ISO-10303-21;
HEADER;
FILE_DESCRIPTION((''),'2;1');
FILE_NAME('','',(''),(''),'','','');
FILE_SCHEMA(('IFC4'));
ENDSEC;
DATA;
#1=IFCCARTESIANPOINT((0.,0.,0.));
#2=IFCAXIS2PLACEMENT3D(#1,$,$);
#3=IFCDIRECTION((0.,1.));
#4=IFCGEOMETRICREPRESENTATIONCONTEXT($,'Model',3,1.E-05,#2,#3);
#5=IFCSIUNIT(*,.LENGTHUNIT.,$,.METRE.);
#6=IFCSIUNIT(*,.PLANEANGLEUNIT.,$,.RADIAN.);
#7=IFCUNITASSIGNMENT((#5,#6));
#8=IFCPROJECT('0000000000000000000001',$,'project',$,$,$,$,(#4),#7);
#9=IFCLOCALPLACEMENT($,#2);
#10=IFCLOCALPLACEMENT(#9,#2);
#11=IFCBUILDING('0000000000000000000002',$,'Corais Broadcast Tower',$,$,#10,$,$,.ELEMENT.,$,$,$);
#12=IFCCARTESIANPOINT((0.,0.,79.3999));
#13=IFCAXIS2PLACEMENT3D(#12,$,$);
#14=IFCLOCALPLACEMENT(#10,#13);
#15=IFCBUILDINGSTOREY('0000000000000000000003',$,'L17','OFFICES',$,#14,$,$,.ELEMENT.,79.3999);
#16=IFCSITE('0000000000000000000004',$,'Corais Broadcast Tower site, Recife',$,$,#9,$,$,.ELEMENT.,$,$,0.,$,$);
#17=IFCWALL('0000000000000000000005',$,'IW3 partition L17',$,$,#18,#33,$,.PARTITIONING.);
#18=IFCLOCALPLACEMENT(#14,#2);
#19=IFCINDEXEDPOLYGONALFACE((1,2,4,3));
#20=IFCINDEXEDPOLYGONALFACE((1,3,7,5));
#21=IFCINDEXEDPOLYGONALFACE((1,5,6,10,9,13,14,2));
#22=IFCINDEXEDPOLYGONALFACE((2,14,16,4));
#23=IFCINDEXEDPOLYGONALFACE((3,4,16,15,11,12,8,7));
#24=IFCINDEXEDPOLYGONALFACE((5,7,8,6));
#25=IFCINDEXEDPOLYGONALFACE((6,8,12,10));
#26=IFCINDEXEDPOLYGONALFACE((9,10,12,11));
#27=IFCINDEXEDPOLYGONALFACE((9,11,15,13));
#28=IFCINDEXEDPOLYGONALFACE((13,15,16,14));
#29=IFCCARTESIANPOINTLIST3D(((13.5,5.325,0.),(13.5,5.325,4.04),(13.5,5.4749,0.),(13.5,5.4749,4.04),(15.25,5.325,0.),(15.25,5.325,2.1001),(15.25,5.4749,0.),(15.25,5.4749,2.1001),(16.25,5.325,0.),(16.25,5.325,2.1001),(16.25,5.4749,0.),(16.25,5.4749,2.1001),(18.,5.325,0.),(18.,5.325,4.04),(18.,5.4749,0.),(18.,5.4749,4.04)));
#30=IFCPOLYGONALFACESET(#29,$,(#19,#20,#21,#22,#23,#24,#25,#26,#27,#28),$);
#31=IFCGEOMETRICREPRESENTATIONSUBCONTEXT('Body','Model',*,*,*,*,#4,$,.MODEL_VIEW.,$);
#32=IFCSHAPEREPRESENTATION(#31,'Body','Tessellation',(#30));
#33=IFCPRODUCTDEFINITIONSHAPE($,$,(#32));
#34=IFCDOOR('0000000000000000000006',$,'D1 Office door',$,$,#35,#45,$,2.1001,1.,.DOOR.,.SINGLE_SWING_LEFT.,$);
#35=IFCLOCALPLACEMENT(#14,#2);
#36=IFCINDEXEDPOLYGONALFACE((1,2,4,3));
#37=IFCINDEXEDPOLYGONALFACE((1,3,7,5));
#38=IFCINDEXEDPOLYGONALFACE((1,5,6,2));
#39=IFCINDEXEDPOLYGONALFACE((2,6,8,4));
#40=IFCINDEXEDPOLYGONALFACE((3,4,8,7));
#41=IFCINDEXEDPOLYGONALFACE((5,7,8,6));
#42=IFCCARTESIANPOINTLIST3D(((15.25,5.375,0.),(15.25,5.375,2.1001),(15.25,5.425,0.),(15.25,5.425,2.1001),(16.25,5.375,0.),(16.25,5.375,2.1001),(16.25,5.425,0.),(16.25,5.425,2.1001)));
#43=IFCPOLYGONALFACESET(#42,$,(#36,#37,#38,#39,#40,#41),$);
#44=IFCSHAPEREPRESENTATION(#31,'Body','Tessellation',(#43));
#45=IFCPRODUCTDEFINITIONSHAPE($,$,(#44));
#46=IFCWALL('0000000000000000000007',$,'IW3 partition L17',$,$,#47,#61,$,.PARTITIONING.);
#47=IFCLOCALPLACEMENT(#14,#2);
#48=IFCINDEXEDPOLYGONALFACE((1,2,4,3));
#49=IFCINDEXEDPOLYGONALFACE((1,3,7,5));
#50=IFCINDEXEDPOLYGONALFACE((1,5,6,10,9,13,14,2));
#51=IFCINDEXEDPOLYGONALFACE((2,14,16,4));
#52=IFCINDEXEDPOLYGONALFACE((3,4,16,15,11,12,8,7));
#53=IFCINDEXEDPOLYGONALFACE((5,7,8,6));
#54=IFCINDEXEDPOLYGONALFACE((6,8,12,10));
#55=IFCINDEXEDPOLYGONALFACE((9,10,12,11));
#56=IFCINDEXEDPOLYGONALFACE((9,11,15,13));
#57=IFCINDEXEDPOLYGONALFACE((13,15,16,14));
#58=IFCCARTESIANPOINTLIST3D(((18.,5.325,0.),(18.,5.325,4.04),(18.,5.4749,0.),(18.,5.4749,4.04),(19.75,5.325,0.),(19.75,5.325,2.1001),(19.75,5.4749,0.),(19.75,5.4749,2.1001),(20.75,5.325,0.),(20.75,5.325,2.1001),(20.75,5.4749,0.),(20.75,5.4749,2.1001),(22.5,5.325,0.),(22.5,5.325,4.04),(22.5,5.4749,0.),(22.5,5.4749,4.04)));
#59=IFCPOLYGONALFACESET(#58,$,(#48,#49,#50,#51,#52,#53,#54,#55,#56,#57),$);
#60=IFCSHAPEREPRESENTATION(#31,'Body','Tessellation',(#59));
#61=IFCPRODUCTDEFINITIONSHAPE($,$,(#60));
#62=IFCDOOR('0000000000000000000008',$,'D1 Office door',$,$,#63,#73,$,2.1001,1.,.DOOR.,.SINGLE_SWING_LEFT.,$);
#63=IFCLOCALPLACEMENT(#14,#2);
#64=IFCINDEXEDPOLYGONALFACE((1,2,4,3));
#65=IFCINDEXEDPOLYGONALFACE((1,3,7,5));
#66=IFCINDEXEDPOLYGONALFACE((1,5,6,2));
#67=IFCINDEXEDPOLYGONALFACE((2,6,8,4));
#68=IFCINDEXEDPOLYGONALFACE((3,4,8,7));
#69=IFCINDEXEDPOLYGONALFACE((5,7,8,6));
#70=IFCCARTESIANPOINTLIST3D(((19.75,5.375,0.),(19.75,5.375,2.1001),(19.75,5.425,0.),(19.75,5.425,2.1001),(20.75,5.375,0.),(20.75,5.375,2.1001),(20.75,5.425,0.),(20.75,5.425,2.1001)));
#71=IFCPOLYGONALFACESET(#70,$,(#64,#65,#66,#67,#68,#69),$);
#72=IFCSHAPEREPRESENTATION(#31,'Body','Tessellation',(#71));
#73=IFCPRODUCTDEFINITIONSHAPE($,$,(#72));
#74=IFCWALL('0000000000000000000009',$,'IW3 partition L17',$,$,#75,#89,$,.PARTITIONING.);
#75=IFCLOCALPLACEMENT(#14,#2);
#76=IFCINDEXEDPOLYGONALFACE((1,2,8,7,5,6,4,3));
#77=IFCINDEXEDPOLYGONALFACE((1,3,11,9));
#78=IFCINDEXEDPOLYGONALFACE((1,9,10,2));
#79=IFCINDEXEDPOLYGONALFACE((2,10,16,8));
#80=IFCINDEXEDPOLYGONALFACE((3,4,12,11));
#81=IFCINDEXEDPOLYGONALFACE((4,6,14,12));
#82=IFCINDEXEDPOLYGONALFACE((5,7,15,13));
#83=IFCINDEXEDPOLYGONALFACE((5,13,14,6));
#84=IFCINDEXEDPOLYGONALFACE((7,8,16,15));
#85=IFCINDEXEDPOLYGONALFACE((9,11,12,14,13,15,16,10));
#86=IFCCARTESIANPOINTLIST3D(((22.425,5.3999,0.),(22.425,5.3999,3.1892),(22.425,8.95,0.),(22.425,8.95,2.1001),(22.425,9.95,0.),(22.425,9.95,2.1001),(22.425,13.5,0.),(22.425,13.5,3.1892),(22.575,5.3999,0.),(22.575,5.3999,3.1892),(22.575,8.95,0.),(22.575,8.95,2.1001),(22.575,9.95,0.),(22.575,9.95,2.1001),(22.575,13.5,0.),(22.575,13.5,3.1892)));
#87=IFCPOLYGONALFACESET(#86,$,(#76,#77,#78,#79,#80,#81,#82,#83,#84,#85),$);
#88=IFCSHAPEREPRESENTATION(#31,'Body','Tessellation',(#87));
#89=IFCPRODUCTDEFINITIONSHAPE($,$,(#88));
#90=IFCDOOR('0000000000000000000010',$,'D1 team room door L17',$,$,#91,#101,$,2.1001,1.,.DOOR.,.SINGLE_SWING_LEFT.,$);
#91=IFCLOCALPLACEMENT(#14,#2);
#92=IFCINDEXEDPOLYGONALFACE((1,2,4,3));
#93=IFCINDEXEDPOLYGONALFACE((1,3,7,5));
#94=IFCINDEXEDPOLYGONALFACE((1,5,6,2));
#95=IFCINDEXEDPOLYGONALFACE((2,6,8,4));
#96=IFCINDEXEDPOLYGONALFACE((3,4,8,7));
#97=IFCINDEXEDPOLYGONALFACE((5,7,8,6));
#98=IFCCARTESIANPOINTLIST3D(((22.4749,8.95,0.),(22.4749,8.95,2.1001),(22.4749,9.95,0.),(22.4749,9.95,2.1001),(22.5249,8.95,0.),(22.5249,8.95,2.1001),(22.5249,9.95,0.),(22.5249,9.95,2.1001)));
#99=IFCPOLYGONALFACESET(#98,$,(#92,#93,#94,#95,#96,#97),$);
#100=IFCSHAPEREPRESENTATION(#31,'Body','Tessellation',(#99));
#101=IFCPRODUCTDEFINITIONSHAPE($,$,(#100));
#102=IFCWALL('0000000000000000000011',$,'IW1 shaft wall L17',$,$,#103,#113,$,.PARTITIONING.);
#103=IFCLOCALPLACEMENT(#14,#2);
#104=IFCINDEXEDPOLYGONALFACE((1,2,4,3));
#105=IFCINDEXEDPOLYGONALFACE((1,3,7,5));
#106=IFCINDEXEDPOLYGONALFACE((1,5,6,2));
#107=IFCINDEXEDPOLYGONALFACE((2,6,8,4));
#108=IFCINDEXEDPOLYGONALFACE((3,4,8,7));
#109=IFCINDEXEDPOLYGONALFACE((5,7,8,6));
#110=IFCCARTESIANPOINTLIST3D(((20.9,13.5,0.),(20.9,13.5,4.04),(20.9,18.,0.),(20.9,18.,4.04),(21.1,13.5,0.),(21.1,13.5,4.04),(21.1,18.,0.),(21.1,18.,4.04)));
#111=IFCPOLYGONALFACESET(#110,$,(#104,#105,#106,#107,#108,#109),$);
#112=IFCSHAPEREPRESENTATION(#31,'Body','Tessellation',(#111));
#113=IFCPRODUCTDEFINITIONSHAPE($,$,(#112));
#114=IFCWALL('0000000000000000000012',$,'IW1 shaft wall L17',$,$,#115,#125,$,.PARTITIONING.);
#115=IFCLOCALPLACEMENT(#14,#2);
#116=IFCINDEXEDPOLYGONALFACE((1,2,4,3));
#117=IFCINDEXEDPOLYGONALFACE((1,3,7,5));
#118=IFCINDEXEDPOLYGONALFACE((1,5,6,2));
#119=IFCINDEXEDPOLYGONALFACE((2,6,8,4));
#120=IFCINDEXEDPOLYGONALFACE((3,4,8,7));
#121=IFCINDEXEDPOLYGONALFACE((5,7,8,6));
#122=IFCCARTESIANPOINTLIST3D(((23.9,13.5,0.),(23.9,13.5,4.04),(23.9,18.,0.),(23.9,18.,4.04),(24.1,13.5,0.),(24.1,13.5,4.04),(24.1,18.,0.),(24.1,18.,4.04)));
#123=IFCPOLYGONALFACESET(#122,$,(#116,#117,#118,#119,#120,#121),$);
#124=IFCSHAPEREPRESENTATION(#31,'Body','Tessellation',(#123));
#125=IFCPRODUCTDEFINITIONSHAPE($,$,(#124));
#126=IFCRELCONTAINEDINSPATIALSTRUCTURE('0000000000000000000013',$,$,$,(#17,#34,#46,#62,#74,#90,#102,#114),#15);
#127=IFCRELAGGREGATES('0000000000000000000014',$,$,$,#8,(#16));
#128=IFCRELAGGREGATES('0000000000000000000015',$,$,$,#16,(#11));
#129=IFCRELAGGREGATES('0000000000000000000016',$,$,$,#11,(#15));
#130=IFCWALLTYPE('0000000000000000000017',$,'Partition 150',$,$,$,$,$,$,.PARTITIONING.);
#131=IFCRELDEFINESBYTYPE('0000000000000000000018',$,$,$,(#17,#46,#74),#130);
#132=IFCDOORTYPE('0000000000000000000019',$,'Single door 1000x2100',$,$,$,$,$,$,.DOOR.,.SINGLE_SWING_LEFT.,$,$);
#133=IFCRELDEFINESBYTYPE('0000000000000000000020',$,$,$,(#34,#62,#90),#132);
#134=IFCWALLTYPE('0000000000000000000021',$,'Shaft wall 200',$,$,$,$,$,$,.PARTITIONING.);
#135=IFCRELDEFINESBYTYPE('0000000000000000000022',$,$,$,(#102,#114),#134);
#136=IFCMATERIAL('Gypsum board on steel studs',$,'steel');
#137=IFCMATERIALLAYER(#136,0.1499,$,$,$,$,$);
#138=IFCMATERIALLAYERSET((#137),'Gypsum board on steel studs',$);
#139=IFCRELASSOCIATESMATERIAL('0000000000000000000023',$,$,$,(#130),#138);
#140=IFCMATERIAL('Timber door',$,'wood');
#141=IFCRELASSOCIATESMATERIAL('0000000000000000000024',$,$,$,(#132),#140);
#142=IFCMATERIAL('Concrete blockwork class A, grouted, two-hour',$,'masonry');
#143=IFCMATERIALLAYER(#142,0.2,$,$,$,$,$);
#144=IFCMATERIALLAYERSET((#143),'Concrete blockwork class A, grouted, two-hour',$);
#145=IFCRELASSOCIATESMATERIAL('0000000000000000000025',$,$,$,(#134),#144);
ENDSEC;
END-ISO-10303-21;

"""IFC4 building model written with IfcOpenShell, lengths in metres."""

from ifc_helpers import new_model, si_unit, direction, frame, frame_2d, origin, place, context, subcontext, project, spatial, rectangle, extrude, material, layer, layer_set, type_object, element, fill, save


model = new_model("IFC4")

# Units and contexts
model_context = context("Model", 3, precision=1e-05, world=origin(), true_north=direction((0.0, 1.0)))
body_context = subcontext(model_context, "Body", "Model", "MODEL_VIEW")
ifc_project = project(units=[si_unit("LENGTHUNIT", "METRE"), si_unit("PLANEANGLEUNIT", "RADIAN")], contexts=[model_context])

# Site, building, storey
site_placement = place(None, origin())
site = spatial("IfcSite", under=ifc_project, at=site_placement, Name="Corais Broadcast Tower site, Recife", CompositionType="ELEMENT", RefElevation=0.0)
building_placement = place(site_placement, origin())
building = spatial("IfcBuilding", under=site, at=building_placement, Name="Corais Broadcast Tower", CompositionType="ELEMENT")
storey_placement = place(building_placement, frame((0.0, 0.0, 79.3999)))
storey = spatial("IfcBuildingStorey", under=building, at=storey_placement, Name="L17", Description="OFFICES", CompositionType="ELEMENT", Elevation=79.3999)

# Walls, openings, doors
ifc_material_1 = material(Name="Gypsum board on steel studs", Category="steel")
ifc_layer_1 = layer(ifc_material_1, 0.1499)
ifc_layer_set_1 = layer_set([ifc_layer_1], Name="Gypsum board on steel studs")
wall_type_1 = type_object("IfcWallType", Name="Partition 150", PredefinedType="PARTITIONING", material=ifc_layer_set_1)
wall_1_placement = place(storey_placement, frame((18.0, 5.3999, 0.0), z_axis=(0.0, 0.0, 1.0), x_axis=(-1.0, 0.0, 0.0)))
wall_1 = element("IfcWall", 1, at=wall_1_placement, inside=storey, type_object=wall_type_1, Name="IW3 partition L17", PredefinedType="PARTITIONING", context=body_context, shape_type="SweptSolid", body=[
    extrude(rectangle(XDim=4.5, YDim=0.1499, at=frame_2d((2.25, 0.0))), origin(), (0.0, 0.0, 1.0), 4.04),
])
opening_1_placement = place(wall_1_placement, frame((1.75, 0.0, 0.0)))
opening_1 = element("IfcOpeningElement", 2, at=opening_1_placement, cuts=wall_1, PredefinedType="OPENING", context=body_context, shape_type="SweptSolid", body=[
    extrude(rectangle(XDim=1.0, YDim=2.1001, at=frame_2d((0.5, 1.05))), frame((0.0, 0.085, 0.0), z_axis=(0.0, -1.0, 0.0), x_axis=(1.0, 0.0, 0.0)), (0.0, 0.0, 1.0), 0.1699),
])
ifc_material_2 = material(Name="Timber door", Category="wood")
door_type_1 = type_object("IfcDoorType", Name="Single door 1000x2100", OperationType="SINGLE_SWING_LEFT", PredefinedType="DOOR", material=ifc_material_2)
door_1_placement = place(opening_1_placement, origin())
door_1 = element("IfcDoor", 3, at=door_1_placement, inside=storey, type_object=door_type_1, Name="D1 Office door", OperationType="SINGLE_SWING_LEFT", OverallHeight=2.1001, OverallWidth=1.0, PredefinedType="DOOR", context=body_context, shape_type="SweptSolid", body=[
    extrude(rectangle(XDim=1.0, YDim=2.1001, at=frame_2d((0.5, 1.05))), frame((0.0, 0.0249, 0.0), z_axis=(0.0, -1.0, 0.0), x_axis=(1.0, 0.0, 0.0)), (0.0, 0.0, 1.0), 0.05),
])
fill(opening_1, door_1)
wall_2_placement = place(storey_placement, frame((22.5, 5.3999, 0.0), z_axis=(0.0, 0.0, 1.0), x_axis=(-1.0, 0.0, 0.0)))
wall_2 = element("IfcWall", 4, at=wall_2_placement, inside=storey, type_object=wall_type_1, Name="IW3 partition L17", PredefinedType="PARTITIONING", context=body_context, shape_type="SweptSolid", body=[
    extrude(rectangle(XDim=4.5, YDim=0.1499, at=frame_2d((2.25, 0.0))), origin(), (0.0, 0.0, 1.0), 4.04),
])
opening_2_placement = place(wall_2_placement, frame((1.75, 0.0, 0.0)))
opening_2 = element("IfcOpeningElement", 5, at=opening_2_placement, cuts=wall_2, PredefinedType="OPENING", context=body_context, shape_type="SweptSolid", body=[
    extrude(rectangle(XDim=1.0, YDim=2.1001, at=frame_2d((0.5, 1.05))), frame((0.0, 0.085, 0.0), z_axis=(0.0, -1.0, 0.0), x_axis=(1.0, 0.0, 0.0)), (0.0, 0.0, 1.0), 0.1699),
])
door_2_placement = place(opening_2_placement, origin())
door_2 = element("IfcDoor", 6, at=door_2_placement, inside=storey, type_object=door_type_1, Name="D1 Office door", OperationType="SINGLE_SWING_LEFT", OverallHeight=2.1001, OverallWidth=1.0, PredefinedType="DOOR", context=body_context, shape_type="SweptSolid", body=[
    extrude(rectangle(XDim=1.0, YDim=2.1001, at=frame_2d((0.5, 1.05))), frame((0.0, 0.0249, 0.0), z_axis=(0.0, -1.0, 0.0), x_axis=(1.0, 0.0, 0.0)), (0.0, 0.0, 1.0), 0.05),
])
fill(opening_2, door_2)
wall_3_placement = place(storey_placement, frame((22.5, 13.5, 0.0), z_axis=(0.0, 0.0, 1.0), x_axis=(0.0, -1.0, 0.0)))
wall_3 = element("IfcWall", 7, at=wall_3_placement, inside=storey, type_object=wall_type_1, Name="IW3 partition L17", PredefinedType="PARTITIONING", context=body_context, shape_type="SweptSolid", body=[
    extrude(rectangle(XDim=8.1001, YDim=0.1499, at=frame_2d((4.05, 0.0))), origin(), (0.0, 0.0, 1.0), 3.1892),
])
opening_3_placement = place(wall_3_placement, frame((3.55, 0.0, 0.0)))
opening_3 = element("IfcOpeningElement", 8, at=opening_3_placement, cuts=wall_3, PredefinedType="OPENING", context=body_context, shape_type="SweptSolid", body=[
    extrude(rectangle(XDim=1.0, YDim=2.1001, at=frame_2d((0.5, 1.05))), frame((0.0, 0.085, 0.0), z_axis=(0.0, -1.0, 0.0), x_axis=(1.0, 0.0, 0.0)), (0.0, 0.0, 1.0), 0.1699),
])
door_3_placement = place(opening_3_placement, origin())
door_3 = element("IfcDoor", 9, at=door_3_placement, inside=storey, type_object=door_type_1, Name="D1 team room door L17", OperationType="SINGLE_SWING_LEFT", OverallHeight=2.1001, OverallWidth=1.0, PredefinedType="DOOR", context=body_context, shape_type="SweptSolid", body=[
    extrude(rectangle(XDim=1.0, YDim=2.1001, at=frame_2d((0.5, 1.05))), frame((0.0, 0.0249, 0.0), z_axis=(0.0, -1.0, 0.0), x_axis=(1.0, 0.0, 0.0)), (0.0, 0.0, 1.0), 0.05),
])
fill(opening_3, door_3)

# Walls
ifc_material_3 = material(Name="Concrete blockwork class A, grouted, two-hour", Category="masonry")
ifc_layer_2 = layer(ifc_material_3, 0.2)
ifc_layer_set_2 = layer_set([ifc_layer_2], Name="Concrete blockwork class A, grouted, two-hour")
wall_type_2 = type_object("IfcWallType", Name="Shaft wall 200", PredefinedType="PARTITIONING", material=ifc_layer_set_2)
for number, where, z_axis, x_axis, name in (
    (10, (21.0, 13.5, 0.0), (0.0, 0.0, 1.0), (0.0, 1.0, 0.0), "IW1 shaft wall L17"),
    (11, (24.0, 13.5, 0.0), (0.0, 0.0, 1.0), (0.0, 1.0, 0.0), "IW1 shaft wall L17"),
):
    element("IfcWall", number, at=place(storey_placement, frame(where, z_axis=z_axis, x_axis=x_axis)), inside=storey, type_object=wall_type_2, Name=name, PredefinedType="PARTITIONING", context=body_context, shape_type="SweptSolid", body=[
        extrude(rectangle(XDim=4.5, YDim=0.2, at=frame_2d((2.25, 0.0))), origin(), (0.0, 0.0, 1.0), 4.04),
    ])

save(model, "model.ifc")
